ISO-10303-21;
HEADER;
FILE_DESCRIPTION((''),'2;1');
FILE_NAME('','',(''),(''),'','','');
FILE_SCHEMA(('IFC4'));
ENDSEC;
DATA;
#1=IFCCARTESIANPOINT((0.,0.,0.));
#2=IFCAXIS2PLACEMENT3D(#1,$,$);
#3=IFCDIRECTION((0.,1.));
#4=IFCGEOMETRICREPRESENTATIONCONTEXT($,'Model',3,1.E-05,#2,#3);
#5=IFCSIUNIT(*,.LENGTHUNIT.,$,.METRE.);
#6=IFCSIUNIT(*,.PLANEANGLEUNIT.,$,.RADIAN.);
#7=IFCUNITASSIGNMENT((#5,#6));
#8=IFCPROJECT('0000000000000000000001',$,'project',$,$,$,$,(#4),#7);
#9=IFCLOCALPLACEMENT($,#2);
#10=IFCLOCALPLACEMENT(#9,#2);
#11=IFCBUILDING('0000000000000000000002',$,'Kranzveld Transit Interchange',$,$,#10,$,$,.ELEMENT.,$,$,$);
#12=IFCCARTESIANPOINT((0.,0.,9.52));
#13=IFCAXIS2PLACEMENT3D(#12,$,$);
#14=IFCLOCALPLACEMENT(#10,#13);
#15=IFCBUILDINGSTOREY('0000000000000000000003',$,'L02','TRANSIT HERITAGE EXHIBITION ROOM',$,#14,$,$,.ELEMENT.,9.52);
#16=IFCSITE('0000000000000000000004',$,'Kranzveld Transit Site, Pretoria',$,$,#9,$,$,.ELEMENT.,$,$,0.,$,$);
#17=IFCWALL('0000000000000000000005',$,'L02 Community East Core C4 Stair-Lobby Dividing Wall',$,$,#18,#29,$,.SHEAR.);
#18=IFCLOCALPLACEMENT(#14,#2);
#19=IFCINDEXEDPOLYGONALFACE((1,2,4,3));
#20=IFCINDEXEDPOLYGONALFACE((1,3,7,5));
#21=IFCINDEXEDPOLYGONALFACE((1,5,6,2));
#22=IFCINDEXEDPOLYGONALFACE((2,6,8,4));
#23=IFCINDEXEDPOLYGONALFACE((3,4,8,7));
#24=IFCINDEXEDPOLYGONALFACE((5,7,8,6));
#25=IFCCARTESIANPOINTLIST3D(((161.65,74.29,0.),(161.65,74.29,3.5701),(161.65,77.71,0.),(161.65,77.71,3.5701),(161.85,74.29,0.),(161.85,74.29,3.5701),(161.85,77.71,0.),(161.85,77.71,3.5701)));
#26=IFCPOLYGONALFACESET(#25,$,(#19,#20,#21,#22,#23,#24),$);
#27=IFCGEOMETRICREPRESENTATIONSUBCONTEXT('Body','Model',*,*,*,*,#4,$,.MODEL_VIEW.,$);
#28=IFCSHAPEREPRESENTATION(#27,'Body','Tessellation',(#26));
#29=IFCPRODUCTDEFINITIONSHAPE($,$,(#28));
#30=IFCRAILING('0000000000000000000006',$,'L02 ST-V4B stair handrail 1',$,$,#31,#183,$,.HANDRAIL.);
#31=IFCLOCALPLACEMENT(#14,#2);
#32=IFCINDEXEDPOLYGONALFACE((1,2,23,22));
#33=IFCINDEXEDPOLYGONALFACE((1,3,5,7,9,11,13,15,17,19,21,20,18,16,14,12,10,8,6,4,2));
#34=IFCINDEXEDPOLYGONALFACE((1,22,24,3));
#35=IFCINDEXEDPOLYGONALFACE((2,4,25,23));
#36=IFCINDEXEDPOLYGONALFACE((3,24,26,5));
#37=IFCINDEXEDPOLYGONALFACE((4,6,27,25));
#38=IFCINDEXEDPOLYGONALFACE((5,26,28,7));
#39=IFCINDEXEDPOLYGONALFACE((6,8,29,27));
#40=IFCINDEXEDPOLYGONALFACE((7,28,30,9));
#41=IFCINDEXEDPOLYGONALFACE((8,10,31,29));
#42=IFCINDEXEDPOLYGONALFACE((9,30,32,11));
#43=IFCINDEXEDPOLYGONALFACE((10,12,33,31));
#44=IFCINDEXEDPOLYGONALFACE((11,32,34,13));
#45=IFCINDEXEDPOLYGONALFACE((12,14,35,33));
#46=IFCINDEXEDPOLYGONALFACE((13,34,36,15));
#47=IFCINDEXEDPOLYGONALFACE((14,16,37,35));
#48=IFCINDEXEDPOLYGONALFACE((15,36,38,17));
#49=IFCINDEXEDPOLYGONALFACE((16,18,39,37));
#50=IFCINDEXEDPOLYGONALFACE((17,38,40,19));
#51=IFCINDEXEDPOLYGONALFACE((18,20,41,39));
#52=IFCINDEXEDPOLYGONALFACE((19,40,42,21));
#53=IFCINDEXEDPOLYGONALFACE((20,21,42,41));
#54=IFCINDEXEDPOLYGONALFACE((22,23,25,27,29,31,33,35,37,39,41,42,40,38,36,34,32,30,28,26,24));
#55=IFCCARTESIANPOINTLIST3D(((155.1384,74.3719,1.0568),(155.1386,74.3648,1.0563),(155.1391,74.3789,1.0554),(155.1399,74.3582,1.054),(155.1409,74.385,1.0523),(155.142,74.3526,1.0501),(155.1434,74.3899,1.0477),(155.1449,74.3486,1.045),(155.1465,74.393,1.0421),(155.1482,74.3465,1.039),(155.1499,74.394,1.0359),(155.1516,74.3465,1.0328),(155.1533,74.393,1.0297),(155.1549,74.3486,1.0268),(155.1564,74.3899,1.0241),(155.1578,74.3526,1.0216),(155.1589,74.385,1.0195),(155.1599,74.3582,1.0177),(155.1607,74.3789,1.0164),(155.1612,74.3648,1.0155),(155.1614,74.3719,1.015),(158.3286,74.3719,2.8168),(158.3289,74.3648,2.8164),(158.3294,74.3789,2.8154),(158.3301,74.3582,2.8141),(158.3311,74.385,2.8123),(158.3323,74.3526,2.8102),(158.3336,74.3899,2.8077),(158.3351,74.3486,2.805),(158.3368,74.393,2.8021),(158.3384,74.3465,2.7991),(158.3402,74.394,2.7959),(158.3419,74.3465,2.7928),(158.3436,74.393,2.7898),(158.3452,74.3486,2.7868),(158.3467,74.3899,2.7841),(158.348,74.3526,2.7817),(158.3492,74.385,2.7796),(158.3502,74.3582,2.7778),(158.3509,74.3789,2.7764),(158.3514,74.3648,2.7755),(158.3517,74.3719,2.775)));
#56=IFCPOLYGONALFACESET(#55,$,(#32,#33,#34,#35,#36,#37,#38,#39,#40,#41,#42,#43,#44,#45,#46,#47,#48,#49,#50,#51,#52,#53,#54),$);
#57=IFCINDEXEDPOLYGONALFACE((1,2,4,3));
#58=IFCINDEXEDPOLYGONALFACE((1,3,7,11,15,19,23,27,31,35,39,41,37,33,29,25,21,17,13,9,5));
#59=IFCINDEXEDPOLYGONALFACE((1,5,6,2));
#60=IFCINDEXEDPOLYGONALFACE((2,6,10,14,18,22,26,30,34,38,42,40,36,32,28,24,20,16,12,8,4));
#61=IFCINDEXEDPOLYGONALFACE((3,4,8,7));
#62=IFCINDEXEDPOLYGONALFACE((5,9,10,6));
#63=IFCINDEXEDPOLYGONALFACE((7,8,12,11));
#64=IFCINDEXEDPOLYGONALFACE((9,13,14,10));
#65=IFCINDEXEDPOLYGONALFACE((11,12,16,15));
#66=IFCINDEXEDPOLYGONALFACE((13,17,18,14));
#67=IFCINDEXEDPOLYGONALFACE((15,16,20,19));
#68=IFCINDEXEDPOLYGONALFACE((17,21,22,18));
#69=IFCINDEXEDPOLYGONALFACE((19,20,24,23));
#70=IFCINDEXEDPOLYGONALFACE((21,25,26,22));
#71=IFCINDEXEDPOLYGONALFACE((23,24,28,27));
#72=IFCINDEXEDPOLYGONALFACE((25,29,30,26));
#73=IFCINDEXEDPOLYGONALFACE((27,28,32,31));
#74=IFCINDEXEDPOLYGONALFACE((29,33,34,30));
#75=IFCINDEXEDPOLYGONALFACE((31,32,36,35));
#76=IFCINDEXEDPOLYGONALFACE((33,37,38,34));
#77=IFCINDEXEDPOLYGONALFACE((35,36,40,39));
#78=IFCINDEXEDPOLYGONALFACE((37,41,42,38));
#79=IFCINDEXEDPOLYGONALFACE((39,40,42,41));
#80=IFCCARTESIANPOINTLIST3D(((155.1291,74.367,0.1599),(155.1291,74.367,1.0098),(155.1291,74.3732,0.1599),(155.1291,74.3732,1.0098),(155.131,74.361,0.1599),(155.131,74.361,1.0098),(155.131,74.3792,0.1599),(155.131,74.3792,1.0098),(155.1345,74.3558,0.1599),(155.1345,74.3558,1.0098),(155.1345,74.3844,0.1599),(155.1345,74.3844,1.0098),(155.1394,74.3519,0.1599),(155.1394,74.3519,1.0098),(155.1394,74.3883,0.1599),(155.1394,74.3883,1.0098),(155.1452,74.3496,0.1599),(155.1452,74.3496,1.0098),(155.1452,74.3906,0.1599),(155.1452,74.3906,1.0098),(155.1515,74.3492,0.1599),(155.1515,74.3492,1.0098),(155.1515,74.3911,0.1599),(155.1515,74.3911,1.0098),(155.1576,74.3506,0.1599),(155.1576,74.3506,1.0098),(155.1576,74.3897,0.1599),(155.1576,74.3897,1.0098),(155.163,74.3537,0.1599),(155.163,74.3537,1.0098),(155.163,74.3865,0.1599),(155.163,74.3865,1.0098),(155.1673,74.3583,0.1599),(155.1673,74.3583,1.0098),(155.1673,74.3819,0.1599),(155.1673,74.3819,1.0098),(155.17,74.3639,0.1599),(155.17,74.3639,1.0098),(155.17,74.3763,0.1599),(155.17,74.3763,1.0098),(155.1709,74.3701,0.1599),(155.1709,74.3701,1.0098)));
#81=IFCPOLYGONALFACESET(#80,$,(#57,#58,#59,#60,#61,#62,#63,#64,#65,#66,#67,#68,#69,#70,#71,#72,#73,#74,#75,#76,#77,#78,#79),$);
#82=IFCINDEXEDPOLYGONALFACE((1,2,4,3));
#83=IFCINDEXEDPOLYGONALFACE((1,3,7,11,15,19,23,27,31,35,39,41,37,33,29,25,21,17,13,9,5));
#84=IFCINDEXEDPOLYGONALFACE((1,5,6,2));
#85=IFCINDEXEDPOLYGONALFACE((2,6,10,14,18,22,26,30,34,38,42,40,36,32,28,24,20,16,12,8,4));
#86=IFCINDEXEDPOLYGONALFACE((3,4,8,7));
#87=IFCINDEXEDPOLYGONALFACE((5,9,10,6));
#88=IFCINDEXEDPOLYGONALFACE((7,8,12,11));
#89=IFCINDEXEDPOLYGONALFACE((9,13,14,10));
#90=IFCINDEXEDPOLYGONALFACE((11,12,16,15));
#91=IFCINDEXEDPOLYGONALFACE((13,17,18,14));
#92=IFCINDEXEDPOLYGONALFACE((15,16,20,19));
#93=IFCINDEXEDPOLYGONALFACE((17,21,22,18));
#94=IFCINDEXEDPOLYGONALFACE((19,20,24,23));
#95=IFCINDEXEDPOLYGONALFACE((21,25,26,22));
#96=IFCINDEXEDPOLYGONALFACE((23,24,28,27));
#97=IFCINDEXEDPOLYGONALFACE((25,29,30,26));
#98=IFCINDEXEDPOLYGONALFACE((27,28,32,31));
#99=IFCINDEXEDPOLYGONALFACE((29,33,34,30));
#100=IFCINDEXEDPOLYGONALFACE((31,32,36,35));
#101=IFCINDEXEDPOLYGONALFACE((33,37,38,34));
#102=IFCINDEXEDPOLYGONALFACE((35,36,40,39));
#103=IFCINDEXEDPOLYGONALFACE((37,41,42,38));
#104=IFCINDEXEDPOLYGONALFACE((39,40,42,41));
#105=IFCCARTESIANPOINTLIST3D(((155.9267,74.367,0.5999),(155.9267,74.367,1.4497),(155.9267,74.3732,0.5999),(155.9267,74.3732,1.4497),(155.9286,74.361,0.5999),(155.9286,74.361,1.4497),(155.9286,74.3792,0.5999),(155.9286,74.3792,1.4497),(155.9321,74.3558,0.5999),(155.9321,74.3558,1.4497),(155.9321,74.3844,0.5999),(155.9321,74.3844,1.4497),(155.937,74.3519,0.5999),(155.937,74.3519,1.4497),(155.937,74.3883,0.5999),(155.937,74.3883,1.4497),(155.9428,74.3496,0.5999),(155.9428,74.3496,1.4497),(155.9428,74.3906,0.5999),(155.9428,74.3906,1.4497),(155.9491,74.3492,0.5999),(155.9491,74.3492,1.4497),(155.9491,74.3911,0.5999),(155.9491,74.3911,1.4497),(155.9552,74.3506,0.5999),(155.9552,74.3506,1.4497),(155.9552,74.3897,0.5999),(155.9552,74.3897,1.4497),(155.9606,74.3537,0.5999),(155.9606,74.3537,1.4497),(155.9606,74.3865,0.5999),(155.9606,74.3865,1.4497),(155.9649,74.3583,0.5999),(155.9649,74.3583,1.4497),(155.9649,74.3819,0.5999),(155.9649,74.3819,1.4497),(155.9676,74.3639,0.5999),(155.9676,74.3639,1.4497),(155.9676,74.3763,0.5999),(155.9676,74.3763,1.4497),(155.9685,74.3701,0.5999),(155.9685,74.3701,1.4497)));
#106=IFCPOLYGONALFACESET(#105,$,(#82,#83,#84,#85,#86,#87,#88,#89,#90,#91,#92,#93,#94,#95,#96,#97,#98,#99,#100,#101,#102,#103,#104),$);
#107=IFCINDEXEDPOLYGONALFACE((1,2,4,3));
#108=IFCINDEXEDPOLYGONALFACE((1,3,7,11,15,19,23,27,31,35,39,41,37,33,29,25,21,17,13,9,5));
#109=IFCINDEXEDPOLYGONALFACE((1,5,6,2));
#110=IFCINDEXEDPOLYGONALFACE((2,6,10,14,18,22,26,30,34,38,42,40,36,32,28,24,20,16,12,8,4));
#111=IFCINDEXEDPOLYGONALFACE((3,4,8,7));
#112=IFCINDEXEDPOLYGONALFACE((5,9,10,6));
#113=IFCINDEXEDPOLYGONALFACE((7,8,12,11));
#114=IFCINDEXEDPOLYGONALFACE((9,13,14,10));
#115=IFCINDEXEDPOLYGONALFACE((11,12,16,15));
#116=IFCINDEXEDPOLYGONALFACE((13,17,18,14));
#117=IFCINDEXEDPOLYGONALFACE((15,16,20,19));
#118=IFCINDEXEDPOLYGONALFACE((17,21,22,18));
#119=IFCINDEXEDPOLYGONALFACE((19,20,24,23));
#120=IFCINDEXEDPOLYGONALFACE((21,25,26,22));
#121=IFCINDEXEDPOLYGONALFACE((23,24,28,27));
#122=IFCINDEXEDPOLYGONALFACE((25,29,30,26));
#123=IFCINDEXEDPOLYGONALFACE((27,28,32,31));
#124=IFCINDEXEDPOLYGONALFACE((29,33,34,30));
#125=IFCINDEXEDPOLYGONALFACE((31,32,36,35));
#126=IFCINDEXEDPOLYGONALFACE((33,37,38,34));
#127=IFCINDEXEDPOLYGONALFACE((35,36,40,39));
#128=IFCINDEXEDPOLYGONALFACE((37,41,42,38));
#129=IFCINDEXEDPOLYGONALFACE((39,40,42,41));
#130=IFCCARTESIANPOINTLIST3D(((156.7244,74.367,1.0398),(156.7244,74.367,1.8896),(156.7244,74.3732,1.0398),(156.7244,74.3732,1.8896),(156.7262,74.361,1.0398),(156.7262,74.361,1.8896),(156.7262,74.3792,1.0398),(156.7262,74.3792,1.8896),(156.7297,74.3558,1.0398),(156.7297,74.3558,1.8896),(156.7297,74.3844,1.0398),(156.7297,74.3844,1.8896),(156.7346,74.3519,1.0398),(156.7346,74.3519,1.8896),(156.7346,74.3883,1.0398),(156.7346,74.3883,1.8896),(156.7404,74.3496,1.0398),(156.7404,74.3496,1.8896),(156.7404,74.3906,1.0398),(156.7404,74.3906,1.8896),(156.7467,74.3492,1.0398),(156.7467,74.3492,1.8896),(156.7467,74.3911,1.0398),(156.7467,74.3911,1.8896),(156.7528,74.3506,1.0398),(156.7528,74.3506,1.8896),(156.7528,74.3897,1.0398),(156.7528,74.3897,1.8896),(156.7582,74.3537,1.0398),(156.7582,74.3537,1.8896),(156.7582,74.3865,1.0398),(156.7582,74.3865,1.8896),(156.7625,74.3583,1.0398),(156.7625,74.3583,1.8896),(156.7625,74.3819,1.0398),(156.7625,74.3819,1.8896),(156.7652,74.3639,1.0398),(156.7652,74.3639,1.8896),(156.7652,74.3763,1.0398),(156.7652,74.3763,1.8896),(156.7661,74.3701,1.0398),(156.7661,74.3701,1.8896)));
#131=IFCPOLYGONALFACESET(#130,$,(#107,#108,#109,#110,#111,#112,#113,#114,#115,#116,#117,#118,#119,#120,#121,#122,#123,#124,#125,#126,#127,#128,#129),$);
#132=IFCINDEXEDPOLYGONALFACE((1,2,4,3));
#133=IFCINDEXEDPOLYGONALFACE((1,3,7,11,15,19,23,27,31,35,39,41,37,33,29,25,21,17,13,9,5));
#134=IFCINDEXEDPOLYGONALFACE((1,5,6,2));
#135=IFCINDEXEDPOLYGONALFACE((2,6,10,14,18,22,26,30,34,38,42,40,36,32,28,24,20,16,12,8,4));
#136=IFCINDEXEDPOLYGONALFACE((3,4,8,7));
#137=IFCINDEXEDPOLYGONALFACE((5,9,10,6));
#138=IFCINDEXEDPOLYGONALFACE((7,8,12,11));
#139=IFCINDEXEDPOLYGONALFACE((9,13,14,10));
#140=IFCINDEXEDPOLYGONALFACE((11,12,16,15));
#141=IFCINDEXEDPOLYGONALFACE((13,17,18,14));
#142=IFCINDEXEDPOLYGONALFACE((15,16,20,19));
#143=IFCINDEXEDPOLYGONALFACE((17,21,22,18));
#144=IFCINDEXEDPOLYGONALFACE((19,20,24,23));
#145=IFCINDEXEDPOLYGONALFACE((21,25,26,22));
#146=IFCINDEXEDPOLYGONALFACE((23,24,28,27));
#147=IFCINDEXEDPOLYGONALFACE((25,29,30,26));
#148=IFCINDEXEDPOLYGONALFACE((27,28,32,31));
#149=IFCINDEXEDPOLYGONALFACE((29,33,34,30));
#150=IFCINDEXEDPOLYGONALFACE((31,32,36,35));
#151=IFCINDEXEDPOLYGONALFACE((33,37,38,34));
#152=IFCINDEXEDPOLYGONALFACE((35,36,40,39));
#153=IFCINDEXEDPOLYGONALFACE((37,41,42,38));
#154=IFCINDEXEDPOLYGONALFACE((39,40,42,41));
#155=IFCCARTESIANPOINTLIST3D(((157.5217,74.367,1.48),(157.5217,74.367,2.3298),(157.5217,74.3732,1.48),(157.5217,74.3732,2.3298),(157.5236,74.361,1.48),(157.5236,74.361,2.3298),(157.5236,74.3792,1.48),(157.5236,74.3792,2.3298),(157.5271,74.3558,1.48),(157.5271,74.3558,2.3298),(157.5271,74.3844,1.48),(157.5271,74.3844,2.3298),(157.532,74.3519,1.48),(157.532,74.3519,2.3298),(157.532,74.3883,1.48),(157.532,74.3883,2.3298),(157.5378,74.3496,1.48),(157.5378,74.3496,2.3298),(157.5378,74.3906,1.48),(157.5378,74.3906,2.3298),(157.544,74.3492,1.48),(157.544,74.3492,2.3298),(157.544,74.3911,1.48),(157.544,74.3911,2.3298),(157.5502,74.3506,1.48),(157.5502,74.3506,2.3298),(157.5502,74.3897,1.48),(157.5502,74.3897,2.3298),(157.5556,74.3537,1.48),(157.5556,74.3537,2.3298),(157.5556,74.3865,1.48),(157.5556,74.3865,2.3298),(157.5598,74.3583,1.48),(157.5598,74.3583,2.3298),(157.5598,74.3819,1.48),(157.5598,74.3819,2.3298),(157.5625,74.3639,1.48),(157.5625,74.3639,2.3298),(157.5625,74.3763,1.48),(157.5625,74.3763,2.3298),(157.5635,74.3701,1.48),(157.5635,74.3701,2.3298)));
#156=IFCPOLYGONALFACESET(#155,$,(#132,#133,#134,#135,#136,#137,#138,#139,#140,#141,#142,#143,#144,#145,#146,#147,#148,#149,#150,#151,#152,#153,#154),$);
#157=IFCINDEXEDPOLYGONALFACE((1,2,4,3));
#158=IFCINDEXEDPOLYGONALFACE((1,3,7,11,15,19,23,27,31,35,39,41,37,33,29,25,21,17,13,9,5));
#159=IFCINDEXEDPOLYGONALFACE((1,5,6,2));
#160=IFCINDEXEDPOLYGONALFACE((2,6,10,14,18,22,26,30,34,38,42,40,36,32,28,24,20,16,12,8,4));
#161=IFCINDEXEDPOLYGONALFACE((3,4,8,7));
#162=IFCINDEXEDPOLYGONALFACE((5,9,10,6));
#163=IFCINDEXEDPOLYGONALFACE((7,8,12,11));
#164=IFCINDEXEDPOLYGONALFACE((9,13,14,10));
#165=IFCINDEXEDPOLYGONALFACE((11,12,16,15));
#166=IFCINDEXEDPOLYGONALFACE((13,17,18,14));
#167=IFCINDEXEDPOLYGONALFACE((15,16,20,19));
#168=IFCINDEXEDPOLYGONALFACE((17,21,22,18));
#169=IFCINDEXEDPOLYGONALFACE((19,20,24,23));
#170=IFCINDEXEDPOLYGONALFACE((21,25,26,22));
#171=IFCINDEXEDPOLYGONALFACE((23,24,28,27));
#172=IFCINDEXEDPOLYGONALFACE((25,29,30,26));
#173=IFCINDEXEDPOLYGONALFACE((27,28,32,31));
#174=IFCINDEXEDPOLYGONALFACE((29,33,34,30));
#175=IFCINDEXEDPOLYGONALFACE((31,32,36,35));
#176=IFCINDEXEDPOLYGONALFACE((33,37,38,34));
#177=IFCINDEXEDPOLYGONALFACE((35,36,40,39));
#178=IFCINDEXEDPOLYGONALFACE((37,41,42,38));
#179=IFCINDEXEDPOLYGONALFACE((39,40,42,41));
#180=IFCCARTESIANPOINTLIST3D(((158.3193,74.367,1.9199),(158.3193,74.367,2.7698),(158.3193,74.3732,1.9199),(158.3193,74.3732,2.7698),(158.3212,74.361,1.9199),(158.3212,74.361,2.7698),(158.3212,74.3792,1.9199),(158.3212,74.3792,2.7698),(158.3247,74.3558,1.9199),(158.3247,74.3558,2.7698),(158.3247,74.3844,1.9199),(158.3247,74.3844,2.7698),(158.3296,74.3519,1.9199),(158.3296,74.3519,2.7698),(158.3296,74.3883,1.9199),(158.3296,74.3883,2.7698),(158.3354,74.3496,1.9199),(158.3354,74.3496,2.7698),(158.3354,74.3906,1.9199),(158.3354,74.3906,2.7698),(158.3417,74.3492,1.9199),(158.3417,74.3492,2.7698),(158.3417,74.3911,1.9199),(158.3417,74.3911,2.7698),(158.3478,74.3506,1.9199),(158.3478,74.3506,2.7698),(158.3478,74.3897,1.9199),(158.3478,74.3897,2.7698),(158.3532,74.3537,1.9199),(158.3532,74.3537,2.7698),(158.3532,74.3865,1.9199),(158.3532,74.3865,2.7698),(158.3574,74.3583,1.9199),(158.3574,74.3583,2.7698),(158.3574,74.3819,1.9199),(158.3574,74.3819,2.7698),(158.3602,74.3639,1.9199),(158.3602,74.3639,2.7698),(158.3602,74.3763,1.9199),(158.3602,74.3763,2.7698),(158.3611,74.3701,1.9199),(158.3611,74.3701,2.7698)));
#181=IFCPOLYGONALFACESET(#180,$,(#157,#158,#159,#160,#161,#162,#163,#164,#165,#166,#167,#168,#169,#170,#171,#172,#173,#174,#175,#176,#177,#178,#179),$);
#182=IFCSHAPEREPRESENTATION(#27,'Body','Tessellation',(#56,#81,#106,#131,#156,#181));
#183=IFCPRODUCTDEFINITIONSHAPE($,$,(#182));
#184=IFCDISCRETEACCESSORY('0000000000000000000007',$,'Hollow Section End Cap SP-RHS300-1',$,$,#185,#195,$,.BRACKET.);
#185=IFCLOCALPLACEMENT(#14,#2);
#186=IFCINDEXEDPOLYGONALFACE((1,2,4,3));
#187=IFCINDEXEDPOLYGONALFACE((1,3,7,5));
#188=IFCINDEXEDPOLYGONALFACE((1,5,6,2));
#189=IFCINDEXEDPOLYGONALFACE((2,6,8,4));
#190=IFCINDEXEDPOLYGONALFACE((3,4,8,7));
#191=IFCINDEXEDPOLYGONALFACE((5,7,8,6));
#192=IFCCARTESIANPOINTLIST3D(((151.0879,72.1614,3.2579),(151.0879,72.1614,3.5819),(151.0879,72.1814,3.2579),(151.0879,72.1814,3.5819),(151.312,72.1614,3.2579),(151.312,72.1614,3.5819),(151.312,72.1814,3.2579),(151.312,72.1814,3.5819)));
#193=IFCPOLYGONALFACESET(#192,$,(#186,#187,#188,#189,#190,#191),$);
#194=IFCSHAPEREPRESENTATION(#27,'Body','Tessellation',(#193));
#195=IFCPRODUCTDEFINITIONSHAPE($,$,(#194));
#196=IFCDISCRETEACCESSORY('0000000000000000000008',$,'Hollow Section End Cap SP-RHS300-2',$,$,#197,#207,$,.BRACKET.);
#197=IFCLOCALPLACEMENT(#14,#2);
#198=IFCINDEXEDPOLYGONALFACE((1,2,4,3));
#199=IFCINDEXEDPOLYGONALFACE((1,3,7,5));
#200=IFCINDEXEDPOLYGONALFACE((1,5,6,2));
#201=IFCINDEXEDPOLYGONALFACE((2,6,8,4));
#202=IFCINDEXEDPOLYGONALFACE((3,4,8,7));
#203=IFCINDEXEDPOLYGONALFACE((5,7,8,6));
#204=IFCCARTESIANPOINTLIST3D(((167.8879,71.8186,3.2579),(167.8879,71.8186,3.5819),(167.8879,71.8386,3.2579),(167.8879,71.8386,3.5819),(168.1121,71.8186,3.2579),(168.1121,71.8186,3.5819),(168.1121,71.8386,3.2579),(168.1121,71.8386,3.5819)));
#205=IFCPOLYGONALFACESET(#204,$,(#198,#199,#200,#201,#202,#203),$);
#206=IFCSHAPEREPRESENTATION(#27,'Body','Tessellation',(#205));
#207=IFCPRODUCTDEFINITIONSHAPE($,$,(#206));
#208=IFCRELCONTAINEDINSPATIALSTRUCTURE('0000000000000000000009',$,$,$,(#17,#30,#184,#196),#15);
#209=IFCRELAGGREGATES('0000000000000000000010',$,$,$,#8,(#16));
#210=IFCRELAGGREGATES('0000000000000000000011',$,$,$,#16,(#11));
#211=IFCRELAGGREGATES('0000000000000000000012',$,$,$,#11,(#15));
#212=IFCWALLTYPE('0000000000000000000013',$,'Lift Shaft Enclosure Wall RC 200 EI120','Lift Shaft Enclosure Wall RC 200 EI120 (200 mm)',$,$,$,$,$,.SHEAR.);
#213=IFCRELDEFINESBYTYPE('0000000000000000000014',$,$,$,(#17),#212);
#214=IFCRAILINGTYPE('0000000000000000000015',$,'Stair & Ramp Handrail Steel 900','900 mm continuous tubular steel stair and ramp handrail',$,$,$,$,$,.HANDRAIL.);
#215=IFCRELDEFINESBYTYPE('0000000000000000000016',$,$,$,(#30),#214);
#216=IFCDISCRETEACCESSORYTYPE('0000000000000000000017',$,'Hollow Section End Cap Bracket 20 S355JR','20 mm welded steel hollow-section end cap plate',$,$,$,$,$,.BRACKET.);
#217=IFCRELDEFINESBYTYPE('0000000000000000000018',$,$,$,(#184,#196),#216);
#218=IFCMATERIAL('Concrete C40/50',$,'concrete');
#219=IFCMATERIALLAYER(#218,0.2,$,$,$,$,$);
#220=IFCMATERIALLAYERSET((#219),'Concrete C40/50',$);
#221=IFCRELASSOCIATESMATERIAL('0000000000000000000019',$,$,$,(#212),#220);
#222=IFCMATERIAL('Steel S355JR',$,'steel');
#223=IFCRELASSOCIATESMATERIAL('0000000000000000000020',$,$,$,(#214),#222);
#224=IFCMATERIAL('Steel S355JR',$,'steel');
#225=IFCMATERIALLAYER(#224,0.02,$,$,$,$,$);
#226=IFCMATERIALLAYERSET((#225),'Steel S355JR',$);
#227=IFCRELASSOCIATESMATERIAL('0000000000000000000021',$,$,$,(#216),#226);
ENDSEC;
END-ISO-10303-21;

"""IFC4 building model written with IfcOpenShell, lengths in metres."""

from ifc_helpers import new_model, si_unit, direction, frame, frame_2d, origin, origin_2d, place, context, subcontext, project, spatial, rectangle, circle, extrude, material, layer, layer_set, type_object, element, save


model = new_model("IFC4")

# Units and contexts
model_context = context("Model", 3, precision=1e-05, world=origin(), true_north=direction((0.0, 1.0)))
body_context = subcontext(model_context, "Body", "Model", "MODEL_VIEW")
ifc_project = project(units=[si_unit("LENGTHUNIT", "METRE"), si_unit("PLANEANGLEUNIT", "RADIAN")], contexts=[model_context])

# Site, building, storey
site_placement = place(None, origin())
site = spatial("IfcSite", under=ifc_project, at=site_placement, Name="Kranzveld Transit Site, Pretoria", CompositionType="ELEMENT", RefElevation=0.0)
building_placement = place(site_placement, origin())
building = spatial("IfcBuilding", under=site, at=building_placement, Name="Kranzveld Transit Interchange", CompositionType="ELEMENT")
storey_placement = place(building_placement, frame((0.0, 0.0, 9.52)))
storey = spatial("IfcBuildingStorey", under=building, at=storey_placement, Name="L02", Description="TRANSIT HERITAGE EXHIBITION ROOM", CompositionType="ELEMENT", Elevation=9.52)

# Wall
ifc_material_1 = material(Name="Concrete C40/50", Category="concrete")
ifc_layer_1 = layer(ifc_material_1, 0.2)
ifc_layer_set_1 = layer_set([ifc_layer_1], Name="Concrete C40/50")
wall_type_1 = type_object("IfcWallType", Name="Lift Shaft Enclosure Wall RC 200 EI120", Description="Lift Shaft Enclosure Wall RC 200 EI120 (200 mm)", PredefinedType="SHEAR", material=ifc_layer_set_1)
wall_1_placement = place(storey_placement, frame((161.75, 74.29, 0.0), z_axis=(0.0, 0.0, 1.0), x_axis=(0.0, 1.0, 0.0)))
element("IfcWall", 1, at=wall_1_placement, inside=storey, type_object=wall_type_1, Name="L02 Community East Core C4 Stair-Lobby Dividing Wall", PredefinedType="SHEAR", context=body_context, shape_type="SweptSolid", body=[
    extrude(rectangle(XDim=3.4199, YDim=0.2, at=frame_2d((1.71, 0.0))), origin(), (0.0, 0.0, 1.0), 3.5701),
])

# Railing
ifc_material_2 = material(Name="Steel S355JR", Category="steel")
railing_type = type_object("IfcRailingType", Name="Stair & Ramp Handrail Steel 900", Description="900 mm continuous tubular steel stair and ramp handrail", PredefinedType="HANDRAIL", material=ifc_material_2)
railing_placement = place(storey_placement, frame((155.1499, 74.3701, 0.1599)))
element("IfcRailing", 2, at=railing_placement, inside=storey, type_object=railing_type, Name="L02 ST-V4B stair handrail 1", PredefinedType="HANDRAIL", context=body_context, shape_type="SweptSolid", body=[
    extrude(circle(Radius=0.0239, at=origin_2d()), frame((0.0, 0.0, 0.876), z_axis=(0.875588, 0.0, 0.483058), x_axis=(0.0, 1.0, 0.0)), (0.0, 0.0, 1.0), 3.6436),
    extrude(circle(Radius=0.021, at=origin_2d()), origin(), (0.0, 0.0, 1.0), 0.8499),
    extrude(circle(Radius=0.021, at=origin_2d()), frame((0.7976, 0.0, 0.4399)), (0.0, 0.0, 1.0), 0.8499),
    extrude(circle(Radius=0.021, at=origin_2d()), frame((1.5952, 0.0, 0.8799)), (0.0, 0.0, 1.0), 0.8499),
    extrude(circle(Radius=0.021, at=origin_2d()), frame((2.3926, 0.0, 1.3201)), (0.0, 0.0, 1.0), 0.8499),
    extrude(circle(Radius=0.021, at=origin_2d()), frame((3.1902, 0.0, 1.76)), (0.0, 0.0, 1.0), 0.8499),
])

# Discrete accessories
ifc_material_3 = material(Name="Steel S355JR", Category="steel")
ifc_layer_2 = layer(ifc_material_3, 0.02)
ifc_layer_set_2 = layer_set([ifc_layer_2], Name="Steel S355JR")
discrete_accessory_type = type_object("IfcDiscreteAccessoryType", Name="Hollow Section End Cap Bracket 20 S355JR", Description="20 mm welded steel hollow-section end cap plate", PredefinedType="BRACKET", material=ifc_layer_set_2)
for number, where, z_axis, x_axis, name in (
    (3, (151.2, 72.1814, 3.4199), (0.0, -1.0, 0.0), (1.0, 0.0, 0.0), "Hollow Section End Cap SP-RHS300-1"),
    (4, (168.0, 71.8186, 3.4199), (0.0, 1.0, 0.0), (-1.0, 0.0, 0.0), "Hollow Section End Cap SP-RHS300-2"),
):
    element("IfcDiscreteAccessory", number, at=place(storey_placement, frame(where, z_axis=z_axis, x_axis=x_axis)), inside=storey, type_object=discrete_accessory_type, Name=name, PredefinedType="BRACKET", context=body_context, shape_type="SweptSolid", body=[
        extrude(rectangle(XDim=0.2241, YDim=0.324, at=origin_2d()), origin(), (0.0, 0.0, 1.0), 0.02),
    ])

save(model, "model.ifc")
